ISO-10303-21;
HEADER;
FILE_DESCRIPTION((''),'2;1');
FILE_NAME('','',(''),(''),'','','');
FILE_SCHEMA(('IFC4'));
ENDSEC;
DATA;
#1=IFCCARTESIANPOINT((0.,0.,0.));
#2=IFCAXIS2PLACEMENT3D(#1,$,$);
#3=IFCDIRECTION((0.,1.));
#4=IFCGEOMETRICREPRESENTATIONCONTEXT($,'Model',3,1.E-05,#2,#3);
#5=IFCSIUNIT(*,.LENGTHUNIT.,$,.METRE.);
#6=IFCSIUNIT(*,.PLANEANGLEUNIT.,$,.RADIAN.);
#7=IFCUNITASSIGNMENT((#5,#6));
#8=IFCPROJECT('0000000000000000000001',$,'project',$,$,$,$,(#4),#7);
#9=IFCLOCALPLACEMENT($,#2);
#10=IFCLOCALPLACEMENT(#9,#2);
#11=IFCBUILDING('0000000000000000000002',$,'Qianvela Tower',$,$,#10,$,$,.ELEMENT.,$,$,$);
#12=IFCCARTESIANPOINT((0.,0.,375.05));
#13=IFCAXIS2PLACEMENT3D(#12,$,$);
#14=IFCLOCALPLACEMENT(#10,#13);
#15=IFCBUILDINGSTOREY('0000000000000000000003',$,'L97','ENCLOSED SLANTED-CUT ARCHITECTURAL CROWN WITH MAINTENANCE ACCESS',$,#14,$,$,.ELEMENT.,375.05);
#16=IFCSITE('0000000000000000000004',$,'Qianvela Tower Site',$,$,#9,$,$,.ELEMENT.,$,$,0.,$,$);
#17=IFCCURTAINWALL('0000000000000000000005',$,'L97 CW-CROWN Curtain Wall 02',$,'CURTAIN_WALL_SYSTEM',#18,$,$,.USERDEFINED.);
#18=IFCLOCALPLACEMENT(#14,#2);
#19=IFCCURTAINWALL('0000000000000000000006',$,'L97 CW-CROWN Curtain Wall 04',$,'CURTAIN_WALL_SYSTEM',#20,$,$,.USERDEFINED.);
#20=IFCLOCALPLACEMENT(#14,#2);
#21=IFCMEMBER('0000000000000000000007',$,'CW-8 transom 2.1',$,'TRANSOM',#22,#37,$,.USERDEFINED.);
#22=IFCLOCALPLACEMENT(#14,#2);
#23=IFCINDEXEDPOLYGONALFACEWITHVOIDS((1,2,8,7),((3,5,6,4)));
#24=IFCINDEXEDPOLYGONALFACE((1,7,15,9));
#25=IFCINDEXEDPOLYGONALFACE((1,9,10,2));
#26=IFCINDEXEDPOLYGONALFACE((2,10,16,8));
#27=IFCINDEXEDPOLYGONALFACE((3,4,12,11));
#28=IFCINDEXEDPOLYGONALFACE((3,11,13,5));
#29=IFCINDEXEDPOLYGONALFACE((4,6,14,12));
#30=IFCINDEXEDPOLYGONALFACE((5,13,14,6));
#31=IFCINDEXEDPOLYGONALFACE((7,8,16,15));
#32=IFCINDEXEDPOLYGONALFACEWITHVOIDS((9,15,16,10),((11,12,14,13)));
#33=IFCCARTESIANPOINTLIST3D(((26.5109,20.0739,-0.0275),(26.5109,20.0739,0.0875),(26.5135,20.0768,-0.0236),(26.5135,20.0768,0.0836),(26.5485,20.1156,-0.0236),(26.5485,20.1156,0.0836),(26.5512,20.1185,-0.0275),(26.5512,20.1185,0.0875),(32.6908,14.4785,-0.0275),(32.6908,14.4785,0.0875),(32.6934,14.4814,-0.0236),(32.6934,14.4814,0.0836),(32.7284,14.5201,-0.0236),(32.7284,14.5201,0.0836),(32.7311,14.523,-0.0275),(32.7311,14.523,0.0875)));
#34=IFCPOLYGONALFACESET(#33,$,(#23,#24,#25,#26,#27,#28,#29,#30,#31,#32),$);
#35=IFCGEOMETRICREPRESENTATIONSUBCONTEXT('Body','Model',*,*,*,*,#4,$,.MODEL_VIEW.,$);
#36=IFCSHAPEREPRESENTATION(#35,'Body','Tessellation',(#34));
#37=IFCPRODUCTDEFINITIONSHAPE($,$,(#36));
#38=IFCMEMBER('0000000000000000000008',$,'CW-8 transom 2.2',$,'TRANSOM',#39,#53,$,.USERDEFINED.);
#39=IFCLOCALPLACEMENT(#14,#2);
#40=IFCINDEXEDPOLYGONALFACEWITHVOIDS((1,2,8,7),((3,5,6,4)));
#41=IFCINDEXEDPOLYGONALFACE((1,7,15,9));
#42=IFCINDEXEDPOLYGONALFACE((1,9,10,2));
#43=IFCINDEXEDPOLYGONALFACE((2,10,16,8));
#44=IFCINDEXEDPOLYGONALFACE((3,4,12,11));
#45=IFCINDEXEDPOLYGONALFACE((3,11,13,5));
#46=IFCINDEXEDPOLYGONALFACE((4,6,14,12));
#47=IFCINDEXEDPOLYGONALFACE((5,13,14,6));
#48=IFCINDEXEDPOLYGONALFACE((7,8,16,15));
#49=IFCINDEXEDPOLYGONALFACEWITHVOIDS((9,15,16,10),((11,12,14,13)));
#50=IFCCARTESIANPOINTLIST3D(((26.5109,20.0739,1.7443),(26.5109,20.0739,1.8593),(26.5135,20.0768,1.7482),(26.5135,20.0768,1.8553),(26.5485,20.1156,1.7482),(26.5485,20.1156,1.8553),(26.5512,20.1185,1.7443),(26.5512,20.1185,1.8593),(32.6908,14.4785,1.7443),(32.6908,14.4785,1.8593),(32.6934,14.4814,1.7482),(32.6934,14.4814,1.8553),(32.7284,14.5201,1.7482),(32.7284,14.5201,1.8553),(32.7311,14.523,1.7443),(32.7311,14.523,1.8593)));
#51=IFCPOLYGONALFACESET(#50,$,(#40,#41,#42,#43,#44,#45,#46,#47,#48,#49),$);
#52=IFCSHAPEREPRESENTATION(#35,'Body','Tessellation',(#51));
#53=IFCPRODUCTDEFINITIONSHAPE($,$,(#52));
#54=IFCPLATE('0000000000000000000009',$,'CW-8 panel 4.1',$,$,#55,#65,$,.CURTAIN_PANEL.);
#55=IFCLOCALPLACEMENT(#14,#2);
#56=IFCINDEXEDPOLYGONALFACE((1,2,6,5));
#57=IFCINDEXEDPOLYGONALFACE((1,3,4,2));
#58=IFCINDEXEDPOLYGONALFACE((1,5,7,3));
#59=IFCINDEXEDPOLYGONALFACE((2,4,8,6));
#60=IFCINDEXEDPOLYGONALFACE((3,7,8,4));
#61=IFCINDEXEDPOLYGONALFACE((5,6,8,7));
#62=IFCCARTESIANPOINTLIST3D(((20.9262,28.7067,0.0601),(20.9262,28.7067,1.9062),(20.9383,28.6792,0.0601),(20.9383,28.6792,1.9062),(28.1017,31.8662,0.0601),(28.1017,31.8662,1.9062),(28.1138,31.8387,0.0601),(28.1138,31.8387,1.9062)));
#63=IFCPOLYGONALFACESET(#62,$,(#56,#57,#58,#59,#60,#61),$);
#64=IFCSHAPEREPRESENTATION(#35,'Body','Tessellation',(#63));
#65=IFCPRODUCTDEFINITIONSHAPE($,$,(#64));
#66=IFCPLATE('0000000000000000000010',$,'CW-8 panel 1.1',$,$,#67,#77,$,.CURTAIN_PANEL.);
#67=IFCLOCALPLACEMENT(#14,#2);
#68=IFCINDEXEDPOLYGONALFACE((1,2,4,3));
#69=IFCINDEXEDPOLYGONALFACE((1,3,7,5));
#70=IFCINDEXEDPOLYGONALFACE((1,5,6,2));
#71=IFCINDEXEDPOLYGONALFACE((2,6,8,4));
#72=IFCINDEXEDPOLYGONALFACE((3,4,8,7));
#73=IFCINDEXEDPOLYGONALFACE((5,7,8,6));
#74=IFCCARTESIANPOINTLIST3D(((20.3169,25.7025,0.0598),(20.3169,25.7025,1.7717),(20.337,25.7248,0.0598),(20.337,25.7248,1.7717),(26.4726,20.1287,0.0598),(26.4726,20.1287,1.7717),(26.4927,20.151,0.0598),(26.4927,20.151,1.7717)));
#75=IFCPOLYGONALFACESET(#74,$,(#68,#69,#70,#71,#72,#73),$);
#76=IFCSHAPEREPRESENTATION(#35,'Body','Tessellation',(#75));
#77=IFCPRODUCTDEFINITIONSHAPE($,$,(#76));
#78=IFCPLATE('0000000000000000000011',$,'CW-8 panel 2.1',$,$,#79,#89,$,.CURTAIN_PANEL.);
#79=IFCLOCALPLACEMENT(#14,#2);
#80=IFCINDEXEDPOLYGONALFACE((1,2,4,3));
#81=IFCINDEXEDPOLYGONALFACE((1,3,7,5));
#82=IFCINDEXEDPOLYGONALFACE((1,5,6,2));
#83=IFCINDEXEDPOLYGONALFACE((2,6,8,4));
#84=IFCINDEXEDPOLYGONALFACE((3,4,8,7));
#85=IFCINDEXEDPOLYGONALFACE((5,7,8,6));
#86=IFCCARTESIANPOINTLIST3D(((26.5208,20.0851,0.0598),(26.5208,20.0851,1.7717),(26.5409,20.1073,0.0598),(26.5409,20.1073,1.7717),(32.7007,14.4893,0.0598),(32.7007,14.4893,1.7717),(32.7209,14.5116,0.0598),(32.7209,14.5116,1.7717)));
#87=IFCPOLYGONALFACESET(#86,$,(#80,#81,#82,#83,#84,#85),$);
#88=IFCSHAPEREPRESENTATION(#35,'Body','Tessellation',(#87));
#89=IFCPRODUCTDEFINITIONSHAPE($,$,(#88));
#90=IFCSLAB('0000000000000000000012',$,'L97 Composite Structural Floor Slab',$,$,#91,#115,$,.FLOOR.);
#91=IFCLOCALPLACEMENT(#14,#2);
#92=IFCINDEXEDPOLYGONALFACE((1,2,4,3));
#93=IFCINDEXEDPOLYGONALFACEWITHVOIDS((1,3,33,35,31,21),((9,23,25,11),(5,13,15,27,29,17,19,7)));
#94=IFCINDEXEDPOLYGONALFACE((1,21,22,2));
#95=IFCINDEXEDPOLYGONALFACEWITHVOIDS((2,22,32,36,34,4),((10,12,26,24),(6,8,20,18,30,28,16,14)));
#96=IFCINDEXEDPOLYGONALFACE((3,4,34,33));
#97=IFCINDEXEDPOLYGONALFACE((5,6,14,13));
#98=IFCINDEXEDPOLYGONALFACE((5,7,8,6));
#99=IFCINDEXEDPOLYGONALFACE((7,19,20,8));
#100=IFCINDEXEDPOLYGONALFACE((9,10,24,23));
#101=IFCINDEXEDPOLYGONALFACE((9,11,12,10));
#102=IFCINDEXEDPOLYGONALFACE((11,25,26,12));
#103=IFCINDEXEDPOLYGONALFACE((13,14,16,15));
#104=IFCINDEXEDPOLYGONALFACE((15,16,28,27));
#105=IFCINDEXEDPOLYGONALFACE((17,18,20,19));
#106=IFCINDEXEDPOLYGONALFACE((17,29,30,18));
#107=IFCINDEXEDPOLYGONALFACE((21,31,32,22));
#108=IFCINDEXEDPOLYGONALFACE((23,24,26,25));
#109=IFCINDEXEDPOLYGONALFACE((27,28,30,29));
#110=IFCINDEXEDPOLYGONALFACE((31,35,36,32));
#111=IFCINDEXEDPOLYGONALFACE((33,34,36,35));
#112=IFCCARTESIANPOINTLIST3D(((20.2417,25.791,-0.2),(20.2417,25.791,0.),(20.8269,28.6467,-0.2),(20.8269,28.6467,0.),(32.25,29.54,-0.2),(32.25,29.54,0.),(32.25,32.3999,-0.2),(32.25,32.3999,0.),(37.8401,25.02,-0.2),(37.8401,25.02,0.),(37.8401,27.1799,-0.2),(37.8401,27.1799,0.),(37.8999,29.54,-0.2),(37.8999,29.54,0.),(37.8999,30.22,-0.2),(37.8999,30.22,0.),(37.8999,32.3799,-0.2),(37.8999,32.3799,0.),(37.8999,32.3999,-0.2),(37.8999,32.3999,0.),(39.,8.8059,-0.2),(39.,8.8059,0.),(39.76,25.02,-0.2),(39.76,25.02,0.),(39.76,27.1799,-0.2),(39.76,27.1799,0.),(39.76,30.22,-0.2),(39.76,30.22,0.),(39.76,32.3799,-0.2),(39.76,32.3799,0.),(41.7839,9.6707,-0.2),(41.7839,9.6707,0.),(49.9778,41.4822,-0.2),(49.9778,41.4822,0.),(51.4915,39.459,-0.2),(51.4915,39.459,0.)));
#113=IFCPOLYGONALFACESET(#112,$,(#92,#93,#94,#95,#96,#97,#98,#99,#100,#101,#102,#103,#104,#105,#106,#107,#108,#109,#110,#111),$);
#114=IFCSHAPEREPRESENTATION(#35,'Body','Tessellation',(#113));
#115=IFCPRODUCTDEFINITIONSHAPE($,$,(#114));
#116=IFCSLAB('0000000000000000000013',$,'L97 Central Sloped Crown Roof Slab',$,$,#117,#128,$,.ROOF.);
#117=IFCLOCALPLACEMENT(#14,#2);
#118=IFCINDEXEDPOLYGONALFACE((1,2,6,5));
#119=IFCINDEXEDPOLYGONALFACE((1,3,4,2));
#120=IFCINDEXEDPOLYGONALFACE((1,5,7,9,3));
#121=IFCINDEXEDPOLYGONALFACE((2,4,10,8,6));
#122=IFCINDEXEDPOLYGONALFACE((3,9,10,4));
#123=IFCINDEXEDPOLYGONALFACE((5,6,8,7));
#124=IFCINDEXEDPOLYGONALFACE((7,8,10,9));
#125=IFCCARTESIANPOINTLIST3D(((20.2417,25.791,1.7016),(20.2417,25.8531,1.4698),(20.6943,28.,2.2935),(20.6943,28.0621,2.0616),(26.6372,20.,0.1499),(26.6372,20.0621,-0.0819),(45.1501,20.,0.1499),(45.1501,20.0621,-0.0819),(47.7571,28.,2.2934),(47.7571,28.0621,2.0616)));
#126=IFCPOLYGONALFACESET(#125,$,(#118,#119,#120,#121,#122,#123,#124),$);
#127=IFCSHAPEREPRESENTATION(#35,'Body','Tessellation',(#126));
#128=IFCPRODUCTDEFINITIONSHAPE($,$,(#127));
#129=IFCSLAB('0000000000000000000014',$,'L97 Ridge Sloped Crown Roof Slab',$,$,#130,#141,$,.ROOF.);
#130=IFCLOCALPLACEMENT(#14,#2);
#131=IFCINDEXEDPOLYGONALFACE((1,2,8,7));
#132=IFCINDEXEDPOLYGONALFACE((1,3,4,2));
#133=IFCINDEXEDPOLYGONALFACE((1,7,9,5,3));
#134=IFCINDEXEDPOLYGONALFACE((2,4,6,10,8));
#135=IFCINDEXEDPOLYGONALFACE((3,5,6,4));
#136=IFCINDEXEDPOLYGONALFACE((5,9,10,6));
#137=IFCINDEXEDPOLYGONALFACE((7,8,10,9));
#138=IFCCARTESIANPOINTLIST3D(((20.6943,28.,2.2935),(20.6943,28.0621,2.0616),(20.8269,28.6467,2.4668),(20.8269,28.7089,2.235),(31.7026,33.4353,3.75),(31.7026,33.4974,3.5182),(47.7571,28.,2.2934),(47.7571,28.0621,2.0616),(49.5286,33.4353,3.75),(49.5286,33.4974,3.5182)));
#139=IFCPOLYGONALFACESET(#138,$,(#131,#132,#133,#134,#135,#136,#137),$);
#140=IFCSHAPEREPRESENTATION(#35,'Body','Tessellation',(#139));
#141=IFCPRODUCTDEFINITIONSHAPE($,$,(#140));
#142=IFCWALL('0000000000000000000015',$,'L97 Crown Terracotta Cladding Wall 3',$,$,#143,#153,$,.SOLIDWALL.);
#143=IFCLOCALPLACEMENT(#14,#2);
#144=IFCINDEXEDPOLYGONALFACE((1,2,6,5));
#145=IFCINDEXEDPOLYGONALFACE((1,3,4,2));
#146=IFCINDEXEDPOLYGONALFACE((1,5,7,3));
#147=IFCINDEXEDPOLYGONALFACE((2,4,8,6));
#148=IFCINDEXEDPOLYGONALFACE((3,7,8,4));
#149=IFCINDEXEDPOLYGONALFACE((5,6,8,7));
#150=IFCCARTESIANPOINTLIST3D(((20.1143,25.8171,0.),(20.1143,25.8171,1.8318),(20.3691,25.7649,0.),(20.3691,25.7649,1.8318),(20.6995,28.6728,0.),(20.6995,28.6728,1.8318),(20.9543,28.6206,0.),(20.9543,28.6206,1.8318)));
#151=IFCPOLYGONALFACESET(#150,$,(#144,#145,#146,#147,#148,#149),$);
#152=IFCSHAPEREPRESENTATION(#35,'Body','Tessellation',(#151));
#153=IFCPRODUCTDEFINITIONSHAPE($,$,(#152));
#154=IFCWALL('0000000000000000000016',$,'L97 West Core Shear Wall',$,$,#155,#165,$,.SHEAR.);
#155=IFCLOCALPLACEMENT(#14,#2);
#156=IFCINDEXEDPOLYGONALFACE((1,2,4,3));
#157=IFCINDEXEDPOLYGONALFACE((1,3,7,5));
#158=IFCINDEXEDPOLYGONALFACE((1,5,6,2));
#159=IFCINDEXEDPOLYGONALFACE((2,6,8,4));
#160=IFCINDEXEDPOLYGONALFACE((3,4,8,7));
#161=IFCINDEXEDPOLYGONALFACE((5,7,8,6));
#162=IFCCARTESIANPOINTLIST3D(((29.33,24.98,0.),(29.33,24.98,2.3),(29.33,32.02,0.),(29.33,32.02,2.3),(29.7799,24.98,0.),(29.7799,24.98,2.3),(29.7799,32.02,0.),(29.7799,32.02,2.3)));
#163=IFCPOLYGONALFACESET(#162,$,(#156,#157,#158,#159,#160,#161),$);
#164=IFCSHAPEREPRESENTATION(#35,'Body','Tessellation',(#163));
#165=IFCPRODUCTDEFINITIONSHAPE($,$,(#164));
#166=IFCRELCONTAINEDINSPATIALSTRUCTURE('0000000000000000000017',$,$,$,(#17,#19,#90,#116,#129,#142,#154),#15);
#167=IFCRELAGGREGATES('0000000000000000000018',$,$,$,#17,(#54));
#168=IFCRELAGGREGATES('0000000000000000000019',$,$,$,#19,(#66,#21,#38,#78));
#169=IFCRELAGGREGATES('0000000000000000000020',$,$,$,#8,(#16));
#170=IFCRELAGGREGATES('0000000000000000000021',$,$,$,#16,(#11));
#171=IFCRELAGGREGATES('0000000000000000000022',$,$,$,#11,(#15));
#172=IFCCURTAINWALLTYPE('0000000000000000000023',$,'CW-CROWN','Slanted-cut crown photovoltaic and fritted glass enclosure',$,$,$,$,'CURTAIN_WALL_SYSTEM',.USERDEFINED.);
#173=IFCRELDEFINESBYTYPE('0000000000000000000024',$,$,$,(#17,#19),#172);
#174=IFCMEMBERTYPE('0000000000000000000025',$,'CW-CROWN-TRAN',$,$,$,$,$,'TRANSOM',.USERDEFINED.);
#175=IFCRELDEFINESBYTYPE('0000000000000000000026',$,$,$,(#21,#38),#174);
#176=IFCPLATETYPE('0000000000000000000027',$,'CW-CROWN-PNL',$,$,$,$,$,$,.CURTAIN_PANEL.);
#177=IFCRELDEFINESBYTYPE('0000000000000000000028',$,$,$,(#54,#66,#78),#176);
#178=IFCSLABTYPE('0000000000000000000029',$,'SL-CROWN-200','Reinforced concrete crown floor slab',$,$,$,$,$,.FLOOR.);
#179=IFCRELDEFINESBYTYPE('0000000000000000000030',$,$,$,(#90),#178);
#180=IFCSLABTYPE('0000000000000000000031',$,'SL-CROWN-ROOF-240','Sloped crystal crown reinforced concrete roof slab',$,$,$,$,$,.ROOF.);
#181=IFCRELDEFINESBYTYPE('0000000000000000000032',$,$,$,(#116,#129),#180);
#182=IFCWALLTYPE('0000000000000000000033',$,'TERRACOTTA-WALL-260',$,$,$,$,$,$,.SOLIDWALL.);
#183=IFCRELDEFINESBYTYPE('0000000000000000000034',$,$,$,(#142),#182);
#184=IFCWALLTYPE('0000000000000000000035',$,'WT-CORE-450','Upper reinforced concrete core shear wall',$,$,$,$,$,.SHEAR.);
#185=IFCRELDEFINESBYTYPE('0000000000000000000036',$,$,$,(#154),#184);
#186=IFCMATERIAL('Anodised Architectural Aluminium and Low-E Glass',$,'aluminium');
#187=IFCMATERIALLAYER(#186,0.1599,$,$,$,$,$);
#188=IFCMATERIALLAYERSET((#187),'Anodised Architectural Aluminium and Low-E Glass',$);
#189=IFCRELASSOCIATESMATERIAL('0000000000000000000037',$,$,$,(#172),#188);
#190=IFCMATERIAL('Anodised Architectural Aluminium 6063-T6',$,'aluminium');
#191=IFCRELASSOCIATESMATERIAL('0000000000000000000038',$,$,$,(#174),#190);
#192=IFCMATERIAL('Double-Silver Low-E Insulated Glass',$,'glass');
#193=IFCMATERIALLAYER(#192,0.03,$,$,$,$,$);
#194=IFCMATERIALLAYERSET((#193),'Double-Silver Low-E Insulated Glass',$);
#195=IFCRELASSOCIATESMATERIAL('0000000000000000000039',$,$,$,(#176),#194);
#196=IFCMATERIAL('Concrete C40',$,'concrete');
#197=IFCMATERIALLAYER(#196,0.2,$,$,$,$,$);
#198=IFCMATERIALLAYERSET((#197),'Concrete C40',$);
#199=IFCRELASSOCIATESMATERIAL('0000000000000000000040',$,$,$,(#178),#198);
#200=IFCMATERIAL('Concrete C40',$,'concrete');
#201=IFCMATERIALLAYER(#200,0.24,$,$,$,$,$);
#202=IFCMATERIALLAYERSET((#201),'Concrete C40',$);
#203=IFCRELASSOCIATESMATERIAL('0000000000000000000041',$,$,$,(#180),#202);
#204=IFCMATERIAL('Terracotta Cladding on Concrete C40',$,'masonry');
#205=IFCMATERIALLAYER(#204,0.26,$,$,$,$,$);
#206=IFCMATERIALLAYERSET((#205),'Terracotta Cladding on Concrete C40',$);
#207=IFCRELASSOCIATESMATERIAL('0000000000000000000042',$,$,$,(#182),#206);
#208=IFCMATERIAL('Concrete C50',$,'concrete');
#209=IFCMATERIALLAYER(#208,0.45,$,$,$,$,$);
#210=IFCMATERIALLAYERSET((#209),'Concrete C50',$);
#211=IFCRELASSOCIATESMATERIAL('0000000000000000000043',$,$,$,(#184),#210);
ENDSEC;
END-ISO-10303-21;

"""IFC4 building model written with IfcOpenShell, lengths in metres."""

from ifc_helpers import new_model, si_unit, direction, frame, frame_2d, origin, origin_2d, place, context, subcontext, project, spatial, polyline, rectangle, hollow_rectangle, outline, extrude, material, layer, layer_set, material_profile, profile_set, type_object, element, aggregate, save


model = new_model("IFC4")

# Units and contexts
model_context = context("Model", 3, precision=1e-05, world=origin(), true_north=direction((0.0, 1.0)))
body_context = subcontext(model_context, "Body", "Model", "MODEL_VIEW")
ifc_project = project(units=[si_unit("LENGTHUNIT", "METRE"), si_unit("PLANEANGLEUNIT", "RADIAN")], contexts=[model_context])

# Site, building, storey
site_placement = place(None, origin())
site = spatial("IfcSite", under=ifc_project, at=site_placement, Name="Qianvela Tower Site", CompositionType="ELEMENT", RefElevation=0.0)
building_placement = place(site_placement, origin())
building = spatial("IfcBuilding", under=site, at=building_placement, Name="Qianvela Tower", CompositionType="ELEMENT")
storey_placement = place(building_placement, frame((0.0, 0.0, 375.05)))
storey = spatial("IfcBuildingStorey", under=building, at=storey_placement, Name="L97", Description="ENCLOSED SLANTED-CUT ARCHITECTURAL CROWN WITH MAINTENANCE ACCESS", CompositionType="ELEMENT", Elevation=375.05)

# Curtain walls
ifc_material_1 = material(Name="Anodised Architectural Aluminium and Low-E Glass", Category="aluminium")
ifc_layer_1 = layer(ifc_material_1, 0.1599)
ifc_layer_set_1 = layer_set([ifc_layer_1], Name="Anodised Architectural Aluminium and Low-E Glass")
curtain_wall_type = type_object("IfcCurtainWallType", Name="CW-CROWN", Description="Slanted-cut crown photovoltaic and fritted glass enclosure", ElementType="CURTAIN_WALL_SYSTEM", PredefinedType="USERDEFINED", material=ifc_layer_set_1)
curtain_wall_1_placement = place(storey_placement, origin())
curtain_wall_1 = element("IfcCurtainWall", 1, at=curtain_wall_1_placement, inside=storey, type_object=curtain_wall_type, Name="L97 CW-CROWN Curtain Wall 02", ObjectType="CURTAIN_WALL_SYSTEM", PredefinedType="USERDEFINED")
curtain_wall_2_placement = place(storey_placement, origin())
curtain_wall_2 = element("IfcCurtainWall", 2, at=curtain_wall_2_placement, inside=storey, type_object=curtain_wall_type, Name="L97 CW-CROWN Curtain Wall 04", ObjectType="CURTAIN_WALL_SYSTEM", PredefinedType="USERDEFINED")

# Members
ifc_material_2 = material(Name="Anodised Architectural Aluminium 6063-T6", Category="aluminium")
ifc_material_profile_1 = material_profile(ifc_material_2, hollow_rectangle(XDim=0.0601, YDim=0.115, WallThickness=0.0039, at=origin_2d()), Name="ALU-TRAN-60x115")
ifc_profile_set_1 = profile_set([ifc_material_profile_1], Name="Anodised Architectural Aluminium 6063-T6")
member_type_1 = type_object("IfcMemberType", Name="CW-CROWN-TRAN", ElementType="TRANSOM", PredefinedType="USERDEFINED", material=ifc_profile_set_1)
member_1_placement = place(storey_placement, frame((26.531, 20.0962, 0.03), z_axis=(0.741292, -0.671183, 0.0), x_axis=(0.671183, 0.741292, 0.0)))
member_1 = element("IfcMember", 3, at=member_1_placement, type_object=member_type_1, Name="CW-8 transom 2.1", ObjectType="TRANSOM", PredefinedType="USERDEFINED", context=body_context, shape_type="SweptSolid", body=[
    extrude(hollow_rectangle(XDim=0.0601, YDim=0.115, WallThickness=0.0039, at=origin_2d()), origin(), (0.0, 0.0, 1.0), 8.3367),
])
member_2_placement = place(storey_placement, frame((26.531, 20.0962, 1.8018), z_axis=(0.741292, -0.671183, 0.0), x_axis=(0.671183, 0.741292, 0.0)))
member_2 = element("IfcMember", 4, at=member_2_placement, type_object=member_type_1, Name="CW-8 transom 2.2", ObjectType="TRANSOM", PredefinedType="USERDEFINED", context=body_context, shape_type="SweptSolid", body=[
    extrude(hollow_rectangle(XDim=0.0601, YDim=0.115, WallThickness=0.0039, at=origin_2d()), origin(), (0.0, 0.0, 1.0), 8.3367),
])

# Plates
ifc_material_3 = material(Name="Double-Silver Low-E Insulated Glass", Category="glass")
ifc_layer_2 = layer(ifc_material_3, 0.03)
ifc_layer_set_2 = layer_set([ifc_layer_2], Name="Double-Silver Low-E Insulated Glass")
plate_type = type_object("IfcPlateType", Name="CW-CROWN-PNL", PredefinedType="CURTAIN_PANEL", material=ifc_layer_set_2)
plate_1_placement = place(storey_placement, frame((24.52, 30.2727, 0.0601), z_axis=(0.0, 0.0, 1.0), x_axis=(-0.91521, -0.402977, 0.0)))
plate_1 = element("IfcPlate", 5, at=plate_1_placement, type_object=plate_type, Name="CW-8 panel 4.1", PredefinedType="CURTAIN_PANEL", context=body_context, shape_type="SweptSolid", body=[
    extrude(rectangle(XDim=7.8403, YDim=0.03, at=origin_2d()), origin(), (0.0, 0.0, 1.0), 1.8462),
])
aggregate(curtain_wall_1, [plate_1])
plate_2_placement = place(storey_placement, frame((23.4048, 22.9268, 0.0598), z_axis=(0.0, 0.0, 1.0), x_axis=(0.741276, -0.6712, 0.0)))
plate_2 = element("IfcPlate", 6, at=plate_2_placement, type_object=plate_type, Name="CW-8 panel 1.1", PredefinedType="CURTAIN_PANEL", context=body_context, shape_type="SweptSolid", body=[
    extrude(rectangle(XDim=8.3042, YDim=0.03, at=origin_2d()), origin(), (0.0, 0.0, 1.0), 1.7119),
])
plate_3_placement = place(storey_placement, frame((29.6208, 17.2983, 0.0598), z_axis=(0.0, 0.0, 1.0), x_axis=(0.741276, -0.6712, 0.0)))
plate_3 = element("IfcPlate", 7, at=plate_3_placement, type_object=plate_type, Name="CW-8 panel 2.1", PredefinedType="CURTAIN_PANEL", context=body_context, shape_type="SweptSolid", body=[
    extrude(rectangle(XDim=8.3369, YDim=0.03, at=origin_2d()), origin(), (0.0, 0.0, 1.0), 1.7119),
])
aggregate(curtain_wall_2, [plate_2, member_1, member_2, plate_3])

# Slabs
ifc_material_4 = material(Name="Concrete C40", Category="concrete")
ifc_layer_3 = layer(ifc_material_4, 0.2)
ifc_layer_set_3 = layer_set([ifc_layer_3], Name="Concrete C40")
slab_type_1 = type_object("IfcSlabType", Name="SL-CROWN-200", Description="Reinforced concrete crown floor slab", PredefinedType="FLOOR", material=ifc_layer_set_3)
slab_1_placement = place(storey_placement, frame((0.0, 0.0, -0.2)))
element("IfcSlab", 8, at=slab_1_placement, inside=storey, type_object=slab_type_1, Name="L97 Composite Structural Floor Slab", PredefinedType="FLOOR", context=body_context, shape_type="SweptSolid", body=[
    extrude(outline(polyline([(51.4915, 39.459), (49.9778, 41.4822), (20.8269, 28.6467), (20.2417, 25.791), (39.0, 8.8059), (41.7839, 9.6707), (51.4915, 39.459)]), holes=[polyline([(37.8401, 25.02), (39.76, 25.02), (39.76, 27.1799), (37.8401, 27.1799), (37.8401, 25.02)]), polyline([(37.8999, 29.54), (37.8999, 30.22), (39.76, 30.22), (39.76, 32.3799), (37.8999, 32.3799), (37.8999, 32.3999), (32.25, 32.3999), (32.25, 29.54), (37.8999, 29.54)])]), origin(), (0.0, 0.0, 1.0), 0.2),
])
ifc_material_5 = material(Name="Concrete C40", Category="concrete")
ifc_layer_4 = layer(ifc_material_5, 0.24)
ifc_layer_set_4 = layer_set([ifc_layer_4], Name="Concrete C40")
slab_type_2 = type_object("IfcSlabType", Name="SL-CROWN-ROOF-240", Description="Sloped crystal crown reinforced concrete roof slab", PredefinedType="ROOF", material=ifc_layer_set_4)
slab_2_placement = place(storey_placement, frame((26.6372, 20.0, 0.1499), z_axis=(0.000002, -0.258813, 0.965927), x_axis=(1.0, 0.0, -0.000002)))
element("IfcSlab", 9, at=slab_2_placement, inside=storey, type_object=slab_type_2, Name="L97 Central Sloped Crown Roof Slab", PredefinedType="ROOF", context=body_context, shape_type="SweptSolid", body=[
    extrude(outline(polyline([(0.0, 0.0), (18.5129, 0.0), (21.1199, 8.2822), (-5.9429, 8.2822), (-6.3955, 5.9953), (0.0, 0.0)])), origin(), (0.0, 0.0, -1.0), 0.24),
])
slab_3_placement = place(storey_placement, frame((20.6943, 28.0, 2.2935), z_axis=(0.000001, -0.258846, 0.965918), x_axis=(1.0, 0.0, -0.000001)))
element("IfcSlab", 10, at=slab_3_placement, inside=storey, type_object=slab_type_2, Name="L97 Ridge Sloped Crown Roof Slab", PredefinedType="ROOF", context=body_context, shape_type="SweptSolid", body=[
    extrude(outline(polyline([(0.0, 0.0), (27.0627, 0.0), (28.8342, 5.6271), (11.0083, 5.6271), (0.1326, 0.6696), (0.0, 0.0)])), origin(), (0.0, 0.0, -1.0), 0.24),
])

# Walls
ifc_material_6 = material(Name="Terracotta Cladding on Concrete C40", Category="masonry")
ifc_layer_5 = layer(ifc_material_6, 0.26)
ifc_layer_set_5 = layer_set([ifc_layer_5], Name="Terracotta Cladding on Concrete C40")
wall_type_1 = type_object("IfcWallType", Name="TERRACOTTA-WALL-260", PredefinedType="SOLIDWALL", material=ifc_layer_set_5)
wall_1_placement = place(storey_placement, frame((20.8269, 28.6467, 0.0), z_axis=(0.0, 0.0, 1.0), x_axis=(-0.200752, -0.979642, 0.0)))
element("IfcWall", 11, at=wall_1_placement, inside=storey, type_object=wall_type_1, Name="L97 Crown Terracotta Cladding Wall 3", PredefinedType="SOLIDWALL", context=body_context, shape_type="SweptSolid", body=[
    extrude(rectangle(XDim=2.915, YDim=0.26, at=frame_2d((1.4575, 0.0))), origin(), (0.0, 0.0, 1.0), 1.8318),
])
ifc_material_7 = material(Name="Concrete C50", Category="concrete")
ifc_layer_6 = layer(ifc_material_7, 0.45)
ifc_layer_set_6 = layer_set([ifc_layer_6], Name="Concrete C50")
wall_type_2 = type_object("IfcWallType", Name="WT-CORE-450", Description="Upper reinforced concrete core shear wall", PredefinedType="SHEAR", material=ifc_layer_set_6)
wall_2_placement = place(storey_placement, frame((29.5549, 24.98, 0.0), z_axis=(0.0, 0.0, 1.0), x_axis=(0.0, 1.0, 0.0)))
element("IfcWall", 12, at=wall_2_placement, inside=storey, type_object=wall_type_2, Name="L97 West Core Shear Wall", PredefinedType="SHEAR", context=body_context, shape_type="SweptSolid", body=[
    extrude(rectangle(XDim=7.04, YDim=0.45, at=frame_2d((3.52, 0.0))), origin(), (0.0, 0.0, 1.0), 2.3),
])

save(model, "model.ifc")
